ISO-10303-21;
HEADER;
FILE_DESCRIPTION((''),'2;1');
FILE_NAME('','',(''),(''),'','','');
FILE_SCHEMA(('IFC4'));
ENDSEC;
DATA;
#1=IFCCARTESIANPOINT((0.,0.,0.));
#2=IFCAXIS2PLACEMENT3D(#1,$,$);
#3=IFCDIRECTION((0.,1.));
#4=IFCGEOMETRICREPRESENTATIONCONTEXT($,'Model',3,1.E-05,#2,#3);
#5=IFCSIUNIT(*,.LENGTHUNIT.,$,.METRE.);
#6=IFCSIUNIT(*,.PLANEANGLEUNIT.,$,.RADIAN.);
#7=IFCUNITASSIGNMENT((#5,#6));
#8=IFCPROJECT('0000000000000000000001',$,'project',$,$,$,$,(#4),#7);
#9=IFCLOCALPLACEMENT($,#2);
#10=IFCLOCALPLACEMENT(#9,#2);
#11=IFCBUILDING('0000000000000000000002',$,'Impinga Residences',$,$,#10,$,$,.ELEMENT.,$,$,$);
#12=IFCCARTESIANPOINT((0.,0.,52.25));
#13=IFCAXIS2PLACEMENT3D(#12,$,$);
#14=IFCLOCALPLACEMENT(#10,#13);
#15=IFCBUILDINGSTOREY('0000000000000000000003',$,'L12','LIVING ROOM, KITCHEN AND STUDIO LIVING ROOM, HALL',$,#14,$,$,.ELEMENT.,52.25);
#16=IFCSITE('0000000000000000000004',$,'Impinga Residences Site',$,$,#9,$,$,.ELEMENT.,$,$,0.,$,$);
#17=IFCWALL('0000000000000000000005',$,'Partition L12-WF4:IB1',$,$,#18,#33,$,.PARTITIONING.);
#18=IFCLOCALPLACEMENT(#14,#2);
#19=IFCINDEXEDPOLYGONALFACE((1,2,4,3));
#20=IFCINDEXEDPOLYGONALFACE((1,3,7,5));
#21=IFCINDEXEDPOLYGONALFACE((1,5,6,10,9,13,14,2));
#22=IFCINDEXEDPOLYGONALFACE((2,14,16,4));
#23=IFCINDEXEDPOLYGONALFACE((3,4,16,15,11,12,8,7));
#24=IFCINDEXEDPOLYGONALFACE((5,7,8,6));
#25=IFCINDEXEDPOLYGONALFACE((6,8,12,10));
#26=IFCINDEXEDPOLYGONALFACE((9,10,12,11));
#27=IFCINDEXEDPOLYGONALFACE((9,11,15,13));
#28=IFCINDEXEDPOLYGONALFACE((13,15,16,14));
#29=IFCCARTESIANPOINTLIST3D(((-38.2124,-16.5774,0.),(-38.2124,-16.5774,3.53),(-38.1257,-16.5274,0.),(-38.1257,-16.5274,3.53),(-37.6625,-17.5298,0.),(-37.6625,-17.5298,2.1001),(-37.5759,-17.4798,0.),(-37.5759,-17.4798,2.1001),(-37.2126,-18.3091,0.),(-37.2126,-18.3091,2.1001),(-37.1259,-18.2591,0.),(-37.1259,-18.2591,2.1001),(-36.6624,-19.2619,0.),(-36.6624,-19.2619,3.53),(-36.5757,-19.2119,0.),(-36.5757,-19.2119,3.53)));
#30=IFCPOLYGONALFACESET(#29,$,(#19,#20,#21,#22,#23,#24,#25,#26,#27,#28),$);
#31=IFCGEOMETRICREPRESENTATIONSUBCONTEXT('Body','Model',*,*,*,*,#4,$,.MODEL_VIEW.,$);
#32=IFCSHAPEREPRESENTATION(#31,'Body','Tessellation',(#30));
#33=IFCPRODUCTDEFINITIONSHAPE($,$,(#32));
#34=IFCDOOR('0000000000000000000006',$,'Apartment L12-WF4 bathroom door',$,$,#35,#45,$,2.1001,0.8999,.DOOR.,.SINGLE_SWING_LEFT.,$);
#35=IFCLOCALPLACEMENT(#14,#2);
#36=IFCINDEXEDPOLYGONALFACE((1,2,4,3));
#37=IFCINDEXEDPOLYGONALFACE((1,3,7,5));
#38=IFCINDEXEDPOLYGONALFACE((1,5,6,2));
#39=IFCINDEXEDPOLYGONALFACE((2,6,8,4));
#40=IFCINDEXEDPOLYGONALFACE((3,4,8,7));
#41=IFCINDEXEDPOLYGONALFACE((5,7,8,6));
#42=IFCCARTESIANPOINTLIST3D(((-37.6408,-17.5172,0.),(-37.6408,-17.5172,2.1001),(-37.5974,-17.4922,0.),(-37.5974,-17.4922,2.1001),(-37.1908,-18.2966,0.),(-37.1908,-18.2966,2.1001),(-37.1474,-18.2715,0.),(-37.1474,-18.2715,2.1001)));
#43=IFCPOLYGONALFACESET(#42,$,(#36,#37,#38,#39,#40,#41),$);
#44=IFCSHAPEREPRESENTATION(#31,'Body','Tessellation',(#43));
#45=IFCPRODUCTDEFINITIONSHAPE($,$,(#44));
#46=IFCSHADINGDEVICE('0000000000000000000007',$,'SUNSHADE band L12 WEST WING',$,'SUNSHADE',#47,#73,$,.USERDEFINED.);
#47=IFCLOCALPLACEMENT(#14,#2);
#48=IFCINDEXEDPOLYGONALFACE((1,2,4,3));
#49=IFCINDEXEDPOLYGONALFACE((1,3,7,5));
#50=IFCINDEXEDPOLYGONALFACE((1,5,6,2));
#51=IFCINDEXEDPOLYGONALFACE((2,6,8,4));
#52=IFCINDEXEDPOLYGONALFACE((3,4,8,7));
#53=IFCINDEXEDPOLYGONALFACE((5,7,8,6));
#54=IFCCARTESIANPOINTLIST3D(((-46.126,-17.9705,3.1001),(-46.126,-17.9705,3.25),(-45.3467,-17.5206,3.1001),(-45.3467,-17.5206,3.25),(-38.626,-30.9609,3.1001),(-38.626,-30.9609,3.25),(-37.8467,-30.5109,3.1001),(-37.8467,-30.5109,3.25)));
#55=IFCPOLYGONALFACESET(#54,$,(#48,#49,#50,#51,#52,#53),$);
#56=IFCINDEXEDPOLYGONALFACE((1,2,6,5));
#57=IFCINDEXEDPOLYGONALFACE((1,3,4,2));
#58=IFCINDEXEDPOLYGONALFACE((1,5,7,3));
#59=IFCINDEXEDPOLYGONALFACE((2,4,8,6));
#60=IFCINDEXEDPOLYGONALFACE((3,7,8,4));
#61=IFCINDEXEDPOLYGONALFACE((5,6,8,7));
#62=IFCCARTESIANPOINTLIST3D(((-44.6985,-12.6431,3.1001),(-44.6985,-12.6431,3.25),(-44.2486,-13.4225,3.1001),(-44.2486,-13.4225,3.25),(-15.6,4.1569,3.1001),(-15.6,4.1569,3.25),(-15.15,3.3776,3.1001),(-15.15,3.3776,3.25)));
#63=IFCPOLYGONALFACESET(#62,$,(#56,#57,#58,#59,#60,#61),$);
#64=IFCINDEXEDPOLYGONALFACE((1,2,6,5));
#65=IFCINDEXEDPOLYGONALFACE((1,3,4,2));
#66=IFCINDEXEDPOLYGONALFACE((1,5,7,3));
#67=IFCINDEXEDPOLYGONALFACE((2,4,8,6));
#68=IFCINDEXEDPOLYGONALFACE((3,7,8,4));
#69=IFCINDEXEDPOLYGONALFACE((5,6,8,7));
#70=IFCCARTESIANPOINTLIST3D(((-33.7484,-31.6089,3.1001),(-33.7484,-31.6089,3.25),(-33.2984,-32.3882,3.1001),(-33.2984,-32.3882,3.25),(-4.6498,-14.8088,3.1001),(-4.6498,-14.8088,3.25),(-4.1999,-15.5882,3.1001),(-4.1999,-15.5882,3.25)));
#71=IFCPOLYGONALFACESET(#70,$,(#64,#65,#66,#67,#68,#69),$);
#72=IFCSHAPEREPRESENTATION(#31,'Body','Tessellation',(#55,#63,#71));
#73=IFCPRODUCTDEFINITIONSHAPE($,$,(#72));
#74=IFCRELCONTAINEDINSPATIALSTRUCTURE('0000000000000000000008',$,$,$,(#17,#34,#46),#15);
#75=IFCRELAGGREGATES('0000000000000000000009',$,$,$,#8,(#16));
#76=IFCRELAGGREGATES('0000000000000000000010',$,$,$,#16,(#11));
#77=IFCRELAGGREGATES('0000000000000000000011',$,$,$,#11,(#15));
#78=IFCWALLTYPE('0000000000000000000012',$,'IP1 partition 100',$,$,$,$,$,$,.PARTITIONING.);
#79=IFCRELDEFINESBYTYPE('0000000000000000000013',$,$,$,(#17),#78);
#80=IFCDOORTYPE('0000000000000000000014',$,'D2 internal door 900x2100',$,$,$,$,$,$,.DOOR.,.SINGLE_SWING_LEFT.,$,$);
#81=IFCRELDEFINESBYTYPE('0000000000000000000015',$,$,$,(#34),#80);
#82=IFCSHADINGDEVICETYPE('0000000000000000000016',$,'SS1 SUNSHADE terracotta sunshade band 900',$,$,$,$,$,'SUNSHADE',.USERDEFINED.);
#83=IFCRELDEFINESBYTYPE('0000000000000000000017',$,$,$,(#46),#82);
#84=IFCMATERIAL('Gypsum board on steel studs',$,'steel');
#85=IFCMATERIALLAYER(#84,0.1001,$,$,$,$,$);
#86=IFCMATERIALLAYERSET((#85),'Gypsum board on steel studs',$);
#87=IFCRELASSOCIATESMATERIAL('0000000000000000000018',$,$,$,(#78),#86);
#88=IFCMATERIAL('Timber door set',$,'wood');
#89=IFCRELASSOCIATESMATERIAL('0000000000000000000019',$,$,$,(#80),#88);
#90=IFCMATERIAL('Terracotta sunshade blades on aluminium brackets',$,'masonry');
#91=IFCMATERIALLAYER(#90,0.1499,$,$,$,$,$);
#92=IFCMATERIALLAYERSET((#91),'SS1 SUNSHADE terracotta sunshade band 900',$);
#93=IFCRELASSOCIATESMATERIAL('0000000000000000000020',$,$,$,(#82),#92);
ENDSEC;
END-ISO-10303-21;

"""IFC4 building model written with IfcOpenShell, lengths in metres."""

from ifc_helpers import new_model, si_unit, direction, frame, frame_2d, origin, origin_2d, place, context, subcontext, project, spatial, rectangle, extrude, material, layer, layer_set, type_object, element, fill, save


model = new_model("IFC4")

# Units and contexts
model_context = context("Model", 3, precision=1e-05, world=origin(), true_north=direction((0.0, 1.0)))
body_context = subcontext(model_context, "Body", "Model", "MODEL_VIEW")
ifc_project = project(units=[si_unit("LENGTHUNIT", "METRE"), si_unit("PLANEANGLEUNIT", "RADIAN")], contexts=[model_context])

# Site, building, storey
site_placement = place(None, origin())
site = spatial("IfcSite", under=ifc_project, at=site_placement, Name="Impinga Residences Site", CompositionType="ELEMENT", RefElevation=0.0)
building_placement = place(site_placement, origin())
building = spatial("IfcBuilding", under=site, at=building_placement, Name="Impinga Residences", CompositionType="ELEMENT")
storey_placement = place(building_placement, frame((0.0, 0.0, 52.25)))
storey = spatial("IfcBuildingStorey", under=building, at=storey_placement, Name="L12", Description="LIVING ROOM, KITCHEN AND STUDIO LIVING ROOM, HALL", CompositionType="ELEMENT", Elevation=52.25)

# Shared definitions
ifc_material_1 = material(Name="Gypsum board on steel studs", Category="steel")
ifc_layer_1 = layer(ifc_material_1, 0.1001)
ifc_layer_set_1 = layer_set([ifc_layer_1], Name="Gypsum board on steel studs")
wall_type_1 = type_object("IfcWallType", Name="IP1 partition 100", PredefinedType="PARTITIONING", material=ifc_layer_set_1)

# Wall, opening, door
ifc_material_2 = material(Name="Timber door set", Category="wood")
door_type = type_object("IfcDoorType", Name="D2 internal door 900x2100", OperationType="SINGLE_SWING_LEFT", PredefinedType="DOOR", material=ifc_material_2)
wall_1_placement = place(storey_placement, frame((-36.6191, -19.2368, 0.0), z_axis=(0.0, 0.0, 1.0), x_axis=(-0.500027, 0.86601, 0.0)))
wall_1 = element("IfcWall", 1, at=wall_1_placement, inside=storey, type_object=wall_type_1, Name="Partition L12-WF4:IB1", PredefinedType="PARTITIONING", context=body_context, shape_type="SweptSolid", body=[
    extrude(rectangle(XDim=3.0999, YDim=0.1001, at=frame_2d((1.5498, 0.0))), origin(), (0.0, 0.0, 1.0), 3.53),
])
opening_1_placement = place(wall_1_placement, frame((1.1001, 0.0, 0.0)))
opening_1 = element("IfcOpeningElement", 2, at=opening_1_placement, cuts=wall_1, PredefinedType="OPENING", context=body_context, shape_type="SweptSolid", body=[
    extrude(rectangle(XDim=0.8999, YDim=2.1001, at=frame_2d((0.45, 1.05))), frame((0.0, 0.0601, 0.0), z_axis=(0.0, -1.0, 0.0), x_axis=(1.0, 0.0, 0.0)), (0.0, 0.0, 1.0), 0.1201),
])
door_1_placement = place(opening_1_placement, origin())
door_1 = element("IfcDoor", 3, at=door_1_placement, inside=storey, type_object=door_type, Name="Apartment L12-WF4 bathroom door", OperationType="SINGLE_SWING_LEFT", OverallHeight=2.1001, OverallWidth=0.8999, PredefinedType="DOOR", context=body_context, shape_type="SweptSolid", body=[
    extrude(rectangle(XDim=0.8999, YDim=2.1001, at=frame_2d((0.45, 1.05))), frame((0.0, 0.0249, 0.0), z_axis=(0.0, -1.0, 0.0), x_axis=(1.0, 0.0, 0.0)), (0.0, 0.0, 1.0), 0.05),
])
fill(opening_1, door_1)

# Shading device
ifc_material_3 = material(Name="Terracotta sunshade blades on aluminium brackets", Category="masonry")
ifc_layer_2 = layer(ifc_material_3, 0.1499)
ifc_layer_set_2 = layer_set([ifc_layer_2], Name="SS1 SUNSHADE terracotta sunshade band 900")
shading_device_type = type_object("IfcShadingDeviceType", Name="SS1 SUNSHADE terracotta sunshade band 900", ElementType="SUNSHADE", PredefinedType="USERDEFINED", material=ifc_layer_set_2)
shading_device_placement = place(storey_placement, frame((-41.9863, -24.2407, 3.1001), z_axis=(0.0, 0.0, 1.0), x_axis=(-0.5, 0.866025, 0.0)))
element("IfcShadingDevice", 4, at=shading_device_placement, inside=storey, type_object=shading_device_type, Name="SUNSHADE band L12 WEST WING", ObjectType="SUNSHADE", PredefinedType="USERDEFINED", context=body_context, shape_type="SweptSolid", body=[
    extrude(rectangle(XDim=15.0, YDim=0.8999, at=origin_2d()), origin(), (0.0, 0.0, 1.0), 0.1499),
    extrude(rectangle(XDim=33.6001, YDim=0.8999, at=origin_2d()), frame((10.95, -20.25, 0.0), z_axis=(0.0, 0.0, 1.0), x_axis=(0.0, -1.0, 0.0)), (0.0, 0.0, 1.0), 0.1499),
    extrude(rectangle(XDim=33.6001, YDim=0.8999, at=origin_2d()), frame((-10.95, -20.2502, 0.0), z_axis=(0.0, 0.0, 1.0), x_axis=(0.0, 1.0, 0.0)), (0.0, 0.0, 1.0), 0.1499),
])

save(model, "model.ifc")
